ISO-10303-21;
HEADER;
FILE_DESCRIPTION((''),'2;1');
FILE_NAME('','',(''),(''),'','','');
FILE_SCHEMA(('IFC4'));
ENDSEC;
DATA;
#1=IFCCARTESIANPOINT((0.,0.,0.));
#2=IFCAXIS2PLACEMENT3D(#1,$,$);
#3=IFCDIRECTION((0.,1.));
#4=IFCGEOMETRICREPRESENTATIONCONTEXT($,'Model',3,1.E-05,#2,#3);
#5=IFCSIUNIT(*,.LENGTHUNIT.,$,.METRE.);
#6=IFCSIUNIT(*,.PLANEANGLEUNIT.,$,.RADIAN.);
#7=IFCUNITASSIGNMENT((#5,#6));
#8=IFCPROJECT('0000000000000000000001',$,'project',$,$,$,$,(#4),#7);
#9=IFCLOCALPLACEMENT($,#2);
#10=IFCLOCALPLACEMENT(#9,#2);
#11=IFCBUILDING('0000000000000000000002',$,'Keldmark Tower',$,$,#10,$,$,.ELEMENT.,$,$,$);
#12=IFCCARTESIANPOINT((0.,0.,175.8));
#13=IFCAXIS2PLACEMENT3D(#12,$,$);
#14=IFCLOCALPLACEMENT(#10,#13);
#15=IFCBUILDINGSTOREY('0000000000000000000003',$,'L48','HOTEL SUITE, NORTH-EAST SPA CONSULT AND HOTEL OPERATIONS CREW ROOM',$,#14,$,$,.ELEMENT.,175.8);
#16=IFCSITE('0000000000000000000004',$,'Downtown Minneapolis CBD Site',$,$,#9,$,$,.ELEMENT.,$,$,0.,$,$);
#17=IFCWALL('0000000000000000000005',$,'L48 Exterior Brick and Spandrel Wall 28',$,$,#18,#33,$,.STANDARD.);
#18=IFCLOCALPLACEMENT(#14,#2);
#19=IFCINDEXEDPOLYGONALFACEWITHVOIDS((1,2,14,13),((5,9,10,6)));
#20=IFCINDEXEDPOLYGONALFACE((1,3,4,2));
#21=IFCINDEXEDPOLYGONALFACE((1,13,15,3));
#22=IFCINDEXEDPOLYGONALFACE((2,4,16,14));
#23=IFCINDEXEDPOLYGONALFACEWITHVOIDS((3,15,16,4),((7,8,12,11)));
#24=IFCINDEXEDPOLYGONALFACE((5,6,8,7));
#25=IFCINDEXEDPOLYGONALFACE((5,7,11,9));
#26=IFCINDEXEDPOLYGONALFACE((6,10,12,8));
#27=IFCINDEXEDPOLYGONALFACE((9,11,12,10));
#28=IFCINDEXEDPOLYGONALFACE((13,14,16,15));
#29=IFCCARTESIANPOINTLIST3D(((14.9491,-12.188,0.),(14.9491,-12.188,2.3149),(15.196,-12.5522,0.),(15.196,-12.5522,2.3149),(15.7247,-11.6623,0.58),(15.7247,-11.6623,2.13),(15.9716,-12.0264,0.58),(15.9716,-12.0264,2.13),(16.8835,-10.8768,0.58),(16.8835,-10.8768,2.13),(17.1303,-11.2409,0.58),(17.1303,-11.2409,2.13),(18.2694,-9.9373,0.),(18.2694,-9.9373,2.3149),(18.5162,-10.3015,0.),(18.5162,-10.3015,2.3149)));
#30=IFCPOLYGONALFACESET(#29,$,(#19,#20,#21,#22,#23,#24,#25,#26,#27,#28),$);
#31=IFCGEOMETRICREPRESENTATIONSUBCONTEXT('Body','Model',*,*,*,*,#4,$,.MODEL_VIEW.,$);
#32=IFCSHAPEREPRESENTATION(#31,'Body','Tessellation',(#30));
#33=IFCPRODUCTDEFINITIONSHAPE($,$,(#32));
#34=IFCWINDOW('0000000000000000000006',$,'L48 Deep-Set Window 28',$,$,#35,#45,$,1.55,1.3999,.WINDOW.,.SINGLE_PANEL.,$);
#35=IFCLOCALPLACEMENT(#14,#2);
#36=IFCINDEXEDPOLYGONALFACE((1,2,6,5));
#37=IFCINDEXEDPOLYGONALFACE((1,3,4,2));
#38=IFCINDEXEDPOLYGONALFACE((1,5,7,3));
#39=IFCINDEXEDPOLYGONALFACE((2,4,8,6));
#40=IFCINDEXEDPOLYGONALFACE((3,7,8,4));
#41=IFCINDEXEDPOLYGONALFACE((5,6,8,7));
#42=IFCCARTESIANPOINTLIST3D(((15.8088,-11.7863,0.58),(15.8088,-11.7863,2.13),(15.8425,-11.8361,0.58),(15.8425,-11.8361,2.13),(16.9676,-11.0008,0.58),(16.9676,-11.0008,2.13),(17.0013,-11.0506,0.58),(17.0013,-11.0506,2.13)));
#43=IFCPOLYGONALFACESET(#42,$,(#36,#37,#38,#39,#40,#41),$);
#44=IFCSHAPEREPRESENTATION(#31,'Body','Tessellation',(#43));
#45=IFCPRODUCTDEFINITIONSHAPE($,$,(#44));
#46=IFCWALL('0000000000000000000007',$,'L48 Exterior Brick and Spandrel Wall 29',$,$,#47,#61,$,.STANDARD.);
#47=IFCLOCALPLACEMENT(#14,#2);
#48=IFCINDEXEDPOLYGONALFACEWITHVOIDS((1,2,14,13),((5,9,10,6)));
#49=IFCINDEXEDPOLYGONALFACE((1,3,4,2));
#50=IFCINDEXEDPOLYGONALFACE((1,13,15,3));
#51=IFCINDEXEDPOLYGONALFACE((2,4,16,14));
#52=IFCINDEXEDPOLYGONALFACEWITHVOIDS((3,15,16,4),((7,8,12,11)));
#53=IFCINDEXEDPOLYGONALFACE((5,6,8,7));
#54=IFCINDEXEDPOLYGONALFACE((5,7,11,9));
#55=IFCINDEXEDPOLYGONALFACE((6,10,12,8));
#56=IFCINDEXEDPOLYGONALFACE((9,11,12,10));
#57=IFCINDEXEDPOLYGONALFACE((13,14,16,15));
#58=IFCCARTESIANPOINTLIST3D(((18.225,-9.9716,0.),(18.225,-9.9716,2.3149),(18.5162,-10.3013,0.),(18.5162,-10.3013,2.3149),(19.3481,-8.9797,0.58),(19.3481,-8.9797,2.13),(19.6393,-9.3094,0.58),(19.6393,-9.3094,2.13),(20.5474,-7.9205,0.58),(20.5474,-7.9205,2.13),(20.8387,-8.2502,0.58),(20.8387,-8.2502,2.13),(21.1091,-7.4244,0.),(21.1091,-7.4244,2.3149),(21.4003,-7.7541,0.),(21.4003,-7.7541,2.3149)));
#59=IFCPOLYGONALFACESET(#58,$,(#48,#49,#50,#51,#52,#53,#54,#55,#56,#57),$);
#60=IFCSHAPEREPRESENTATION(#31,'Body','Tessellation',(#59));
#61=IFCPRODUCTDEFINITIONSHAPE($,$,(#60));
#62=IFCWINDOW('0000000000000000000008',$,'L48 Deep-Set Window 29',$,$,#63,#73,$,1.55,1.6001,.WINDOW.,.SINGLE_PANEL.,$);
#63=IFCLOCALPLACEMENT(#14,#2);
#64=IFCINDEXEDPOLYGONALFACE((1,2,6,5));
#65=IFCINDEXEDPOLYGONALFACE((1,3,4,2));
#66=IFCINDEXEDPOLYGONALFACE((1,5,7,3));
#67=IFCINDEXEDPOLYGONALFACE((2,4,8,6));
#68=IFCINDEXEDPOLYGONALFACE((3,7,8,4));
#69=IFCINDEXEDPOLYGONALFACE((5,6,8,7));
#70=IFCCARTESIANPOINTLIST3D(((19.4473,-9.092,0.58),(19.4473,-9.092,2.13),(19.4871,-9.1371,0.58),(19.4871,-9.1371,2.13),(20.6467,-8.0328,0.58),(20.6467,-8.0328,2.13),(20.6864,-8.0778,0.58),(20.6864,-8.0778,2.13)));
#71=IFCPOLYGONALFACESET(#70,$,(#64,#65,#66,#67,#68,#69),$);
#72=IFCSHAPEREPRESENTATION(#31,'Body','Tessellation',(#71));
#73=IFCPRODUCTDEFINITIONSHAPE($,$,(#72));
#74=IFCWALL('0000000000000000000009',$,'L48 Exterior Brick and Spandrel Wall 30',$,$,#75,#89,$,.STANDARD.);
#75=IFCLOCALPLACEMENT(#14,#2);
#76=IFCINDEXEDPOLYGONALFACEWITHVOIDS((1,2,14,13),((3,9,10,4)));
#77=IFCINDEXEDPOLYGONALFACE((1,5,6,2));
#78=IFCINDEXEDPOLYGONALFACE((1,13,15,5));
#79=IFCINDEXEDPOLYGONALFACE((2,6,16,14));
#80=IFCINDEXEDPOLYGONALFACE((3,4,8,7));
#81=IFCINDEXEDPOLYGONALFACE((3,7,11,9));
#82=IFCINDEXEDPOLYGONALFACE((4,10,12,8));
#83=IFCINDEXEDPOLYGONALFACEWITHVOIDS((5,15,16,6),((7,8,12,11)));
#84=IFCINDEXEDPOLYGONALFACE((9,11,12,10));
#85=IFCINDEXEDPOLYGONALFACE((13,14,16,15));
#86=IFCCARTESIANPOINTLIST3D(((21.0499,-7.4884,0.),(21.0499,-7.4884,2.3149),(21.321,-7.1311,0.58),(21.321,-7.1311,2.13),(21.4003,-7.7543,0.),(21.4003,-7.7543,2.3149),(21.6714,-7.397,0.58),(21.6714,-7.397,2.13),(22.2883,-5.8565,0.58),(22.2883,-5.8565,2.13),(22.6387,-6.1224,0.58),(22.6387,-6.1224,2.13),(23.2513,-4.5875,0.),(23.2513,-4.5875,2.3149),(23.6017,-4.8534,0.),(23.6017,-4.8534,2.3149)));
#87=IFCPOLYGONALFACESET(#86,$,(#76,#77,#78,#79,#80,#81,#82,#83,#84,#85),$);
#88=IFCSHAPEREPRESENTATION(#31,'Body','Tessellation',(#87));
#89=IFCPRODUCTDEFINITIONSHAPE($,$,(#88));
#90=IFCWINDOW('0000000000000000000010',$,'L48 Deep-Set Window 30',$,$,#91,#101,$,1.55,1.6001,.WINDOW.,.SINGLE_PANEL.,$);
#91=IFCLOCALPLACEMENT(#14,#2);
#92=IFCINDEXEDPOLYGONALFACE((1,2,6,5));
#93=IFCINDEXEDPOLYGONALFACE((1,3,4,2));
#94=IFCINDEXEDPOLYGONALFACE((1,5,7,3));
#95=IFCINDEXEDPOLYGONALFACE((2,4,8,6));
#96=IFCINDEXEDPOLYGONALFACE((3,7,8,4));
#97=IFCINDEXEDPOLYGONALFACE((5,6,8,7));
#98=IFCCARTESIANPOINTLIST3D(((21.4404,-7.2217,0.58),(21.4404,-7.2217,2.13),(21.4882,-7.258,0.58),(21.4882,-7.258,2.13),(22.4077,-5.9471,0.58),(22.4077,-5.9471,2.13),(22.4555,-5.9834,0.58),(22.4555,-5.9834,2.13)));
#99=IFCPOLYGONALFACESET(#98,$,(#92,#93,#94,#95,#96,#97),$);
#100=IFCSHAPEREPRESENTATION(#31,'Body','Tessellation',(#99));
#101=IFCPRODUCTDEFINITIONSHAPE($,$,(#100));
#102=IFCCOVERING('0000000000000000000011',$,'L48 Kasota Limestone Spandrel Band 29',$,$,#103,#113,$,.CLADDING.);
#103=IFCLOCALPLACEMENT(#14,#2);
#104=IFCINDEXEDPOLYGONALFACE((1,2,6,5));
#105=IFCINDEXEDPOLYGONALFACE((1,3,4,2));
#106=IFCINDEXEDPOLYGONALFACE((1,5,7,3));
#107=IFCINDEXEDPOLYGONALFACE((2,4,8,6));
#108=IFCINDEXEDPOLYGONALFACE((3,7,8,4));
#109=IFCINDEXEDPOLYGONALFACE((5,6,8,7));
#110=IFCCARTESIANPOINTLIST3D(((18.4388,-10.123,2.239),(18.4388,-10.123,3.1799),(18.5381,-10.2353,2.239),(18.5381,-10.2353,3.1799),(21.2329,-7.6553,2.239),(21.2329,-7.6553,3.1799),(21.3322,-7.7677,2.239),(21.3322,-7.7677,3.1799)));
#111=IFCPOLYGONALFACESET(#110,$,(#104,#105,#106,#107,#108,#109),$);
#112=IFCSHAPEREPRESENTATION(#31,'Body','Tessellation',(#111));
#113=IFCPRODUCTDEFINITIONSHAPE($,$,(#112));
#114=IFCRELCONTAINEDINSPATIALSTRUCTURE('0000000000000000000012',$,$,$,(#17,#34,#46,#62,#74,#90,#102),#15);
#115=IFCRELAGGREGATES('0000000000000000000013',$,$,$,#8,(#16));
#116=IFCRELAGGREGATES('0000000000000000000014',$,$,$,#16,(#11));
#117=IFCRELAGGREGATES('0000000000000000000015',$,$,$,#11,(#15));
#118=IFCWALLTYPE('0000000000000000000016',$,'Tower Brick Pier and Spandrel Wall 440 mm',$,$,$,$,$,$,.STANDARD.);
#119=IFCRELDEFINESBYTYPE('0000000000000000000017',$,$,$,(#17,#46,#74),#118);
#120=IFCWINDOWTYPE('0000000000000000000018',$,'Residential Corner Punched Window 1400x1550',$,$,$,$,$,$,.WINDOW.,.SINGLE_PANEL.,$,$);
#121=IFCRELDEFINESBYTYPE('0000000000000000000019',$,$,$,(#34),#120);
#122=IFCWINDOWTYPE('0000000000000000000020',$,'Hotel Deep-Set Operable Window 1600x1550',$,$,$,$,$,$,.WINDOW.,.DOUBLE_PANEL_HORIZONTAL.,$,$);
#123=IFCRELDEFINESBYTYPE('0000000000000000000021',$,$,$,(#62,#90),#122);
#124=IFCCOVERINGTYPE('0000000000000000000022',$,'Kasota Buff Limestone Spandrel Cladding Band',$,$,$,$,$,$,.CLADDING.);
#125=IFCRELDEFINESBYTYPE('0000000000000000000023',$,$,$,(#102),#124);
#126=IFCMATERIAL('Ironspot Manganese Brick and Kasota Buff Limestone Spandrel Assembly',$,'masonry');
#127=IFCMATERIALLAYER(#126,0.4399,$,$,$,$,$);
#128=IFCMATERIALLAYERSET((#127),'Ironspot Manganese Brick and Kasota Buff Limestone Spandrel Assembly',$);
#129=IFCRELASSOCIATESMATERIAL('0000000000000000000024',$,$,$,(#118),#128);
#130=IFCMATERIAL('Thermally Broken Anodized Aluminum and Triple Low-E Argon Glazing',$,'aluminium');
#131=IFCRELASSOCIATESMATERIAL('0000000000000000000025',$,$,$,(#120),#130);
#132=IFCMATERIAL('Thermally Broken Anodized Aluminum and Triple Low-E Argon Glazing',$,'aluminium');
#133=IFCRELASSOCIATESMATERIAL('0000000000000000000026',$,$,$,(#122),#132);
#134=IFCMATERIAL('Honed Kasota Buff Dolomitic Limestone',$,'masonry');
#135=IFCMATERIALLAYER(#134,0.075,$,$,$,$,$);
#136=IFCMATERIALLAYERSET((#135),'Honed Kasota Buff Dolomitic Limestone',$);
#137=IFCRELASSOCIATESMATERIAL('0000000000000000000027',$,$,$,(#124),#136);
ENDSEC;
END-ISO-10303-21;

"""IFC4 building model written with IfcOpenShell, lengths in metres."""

from ifc_helpers import new_model, si_unit, direction, frame, frame_2d, origin, origin_2d, place, context, subcontext, project, spatial, rectangle, extrude, material, layer, layer_set, type_object, element, fill, save


model = new_model("IFC4")

# Units and contexts
model_context = context("Model", 3, precision=1e-05, world=origin(), true_north=direction((0.0, 1.0)))
body_context = subcontext(model_context, "Body", "Model", "MODEL_VIEW")
ifc_project = project(units=[si_unit("LENGTHUNIT", "METRE"), si_unit("PLANEANGLEUNIT", "RADIAN")], contexts=[model_context])

# Site, building, storey
site_placement = place(None, origin())
site = spatial("IfcSite", under=ifc_project, at=site_placement, Name="Downtown Minneapolis CBD Site", CompositionType="ELEMENT", RefElevation=0.0)
building_placement = place(site_placement, origin())
building = spatial("IfcBuilding", under=site, at=building_placement, Name="Keldmark Tower", CompositionType="ELEMENT")
storey_placement = place(building_placement, frame((0.0, 0.0, 175.8)))
storey = spatial("IfcBuildingStorey", under=building, at=storey_placement, Name="L48", Description="HOTEL SUITE, NORTH-EAST SPA CONSULT AND HOTEL OPERATIONS CREW ROOM", CompositionType="ELEMENT", Elevation=175.8)

# Walls, openings, windows
ifc_material_1 = material(Name="Ironspot Manganese Brick and Kasota Buff Limestone Spandrel Assembly", Category="masonry")
ifc_layer_1 = layer(ifc_material_1, 0.4399)
ifc_layer_set_1 = layer_set([ifc_layer_1], Name="Ironspot Manganese Brick and Kasota Buff Limestone Spandrel Assembly")
wall_type = type_object("IfcWallType", Name="Tower Brick Pier and Spandrel Wall 440 mm", PredefinedType="STANDARD", material=ifc_layer_set_1)
wall_1_placement = place(storey_placement, frame((18.3928, -10.1194, 0.0), z_axis=(0.0, 0.0, 1.0), x_axis=(-0.827746, -0.561102, 0.0)))
wall_1 = element("IfcWall", 1, at=wall_1_placement, inside=storey, type_object=wall_type, Name="L48 Exterior Brick and Spandrel Wall 28", PredefinedType="STANDARD", context=body_context, shape_type="SweptSolid", body=[
    extrude(rectangle(XDim=4.0112, YDim=0.4399, at=frame_2d((2.0056, 0.0))), origin(), (0.0, 0.0, 1.0), 2.3149),
])
opening_1_placement = place(wall_1_placement, frame((1.6743, 0.0, 0.5801)))
opening_1 = element("IfcOpeningElement", 2, at=opening_1_placement, cuts=wall_1, PredefinedType="OPENING", context=body_context, shape_type="SweptSolid", body=[
    extrude(rectangle(XDim=1.3999, YDim=1.55, at=frame_2d((0.7, 0.7749))), frame((0.0, 0.23, 0.0), z_axis=(0.0, -1.0, 0.0), x_axis=(1.0, 0.0, 0.0)), (0.0, 0.0, 1.0), 0.46),
])
ifc_material_2 = material(Name="Thermally Broken Anodized Aluminum and Triple Low-E Argon Glazing", Category="aluminium")
window_type_1 = type_object("IfcWindowType", Name="Residential Corner Punched Window 1400x1550", PartitioningType="SINGLE_PANEL", PredefinedType="WINDOW", material=ifc_material_2)
window_1_placement = place(opening_1_placement, origin())
window_1 = element("IfcWindow", 3, at=window_1_placement, inside=storey, type_object=window_type_1, Name="L48 Deep-Set Window 28", OverallHeight=1.55, OverallWidth=1.3999, PartitioningType="SINGLE_PANEL", PredefinedType="WINDOW", context=body_context, shape_type="SweptSolid", body=[
    extrude(rectangle(XDim=1.3999, YDim=1.55, at=frame_2d((0.7, 0.7749))), frame((0.0, -0.01, 0.0), z_axis=(0.0, -1.0, 0.0), x_axis=(1.0, 0.0, 0.0)), (0.0, 0.0, 1.0), 0.0601),
])
fill(opening_1, window_1)
wall_2_placement = place(storey_placement, frame((21.2546, -7.5894, 0.0), z_axis=(0.0, 0.0, 1.0), x_axis=(-0.74953, -0.66197, 0.0)))
wall_2 = element("IfcWall", 4, at=wall_2_placement, inside=storey, type_object=wall_type, Name="L48 Exterior Brick and Spandrel Wall 29", PredefinedType="STANDARD", context=body_context, shape_type="SweptSolid", body=[
    extrude(rectangle(XDim=3.8479, YDim=0.4399, at=frame_2d((1.9238, 0.0))), origin(), (0.0, 0.0, 1.0), 2.3149),
])
opening_2_placement = place(wall_2_placement, frame((0.7493, 0.0, 0.5801)))
opening_2 = element("IfcOpeningElement", 5, at=opening_2_placement, cuts=wall_2, PredefinedType="OPENING", context=body_context, shape_type="SweptSolid", body=[
    extrude(rectangle(XDim=1.6001, YDim=1.55, at=frame_2d((0.8, 0.7749))), frame((0.0, 0.23, 0.0), z_axis=(0.0, -1.0, 0.0), x_axis=(1.0, 0.0, 0.0)), (0.0, 0.0, 1.0), 0.46),
])
ifc_material_3 = material(Name="Thermally Broken Anodized Aluminum and Triple Low-E Argon Glazing", Category="aluminium")
window_type_2 = type_object("IfcWindowType", Name="Hotel Deep-Set Operable Window 1600x1550", PartitioningType="DOUBLE_PANEL_HORIZONTAL", PredefinedType="WINDOW", material=ifc_material_3)
window_2_placement = place(opening_2_placement, origin())
window_2 = element("IfcWindow", 6, at=window_2_placement, inside=storey, type_object=window_type_2, Name="L48 Deep-Set Window 29", OverallHeight=1.55, OverallWidth=1.6001, PartitioningType="SINGLE_PANEL", PredefinedType="WINDOW", context=body_context, shape_type="SweptSolid", body=[
    extrude(rectangle(XDim=1.6001, YDim=1.55, at=frame_2d((0.8, 0.7749))), frame((0.0, -0.01, 0.0), z_axis=(0.0, -1.0, 0.0), x_axis=(1.0, 0.0, 0.0)), (0.0, 0.0, 1.0), 0.0601),
])
fill(opening_2, window_2)
wall_3_placement = place(storey_placement, frame((23.4265, -4.7205, 0.0), z_axis=(0.0, 0.0, 1.0), x_axis=(-0.604517, -0.796592, 0.0)))
wall_3 = element("IfcWall", 7, at=wall_3_placement, inside=storey, type_object=wall_type, Name="L48 Exterior Brick and Spandrel Wall 30", PredefinedType="STANDARD", context=body_context, shape_type="SweptSolid", body=[
    extrude(rectangle(XDim=3.6416, YDim=0.4399, at=frame_2d((1.8208, 0.0))), origin(), (0.0, 0.0, 1.0), 2.3149),
])
opening_3_placement = place(wall_3_placement, frame((1.593, 0.0, 0.5801)))
opening_3 = element("IfcOpeningElement", 8, at=opening_3_placement, cuts=wall_3, PredefinedType="OPENING", context=body_context, shape_type="SweptSolid", body=[
    extrude(rectangle(XDim=1.6001, YDim=1.55, at=frame_2d((0.8, 0.7749))), frame((0.0, 0.23, 0.0), z_axis=(0.0, -1.0, 0.0), x_axis=(1.0, 0.0, 0.0)), (0.0, 0.0, 1.0), 0.46),
])
window_3_placement = place(opening_3_placement, origin())
window_3 = element("IfcWindow", 9, at=window_3_placement, inside=storey, type_object=window_type_2, Name="L48 Deep-Set Window 30", OverallHeight=1.55, OverallWidth=1.6001, PartitioningType="SINGLE_PANEL", PredefinedType="WINDOW", context=body_context, shape_type="SweptSolid", body=[
    extrude(rectangle(XDim=1.6001, YDim=1.55, at=frame_2d((0.8, 0.7749))), frame((0.0, -0.01, 0.0), z_axis=(0.0, -1.0, 0.0), x_axis=(1.0, 0.0, 0.0)), (0.0, 0.0, 1.0), 0.0601),
])
fill(opening_3, window_3)

# Covering
ifc_material_4 = material(Name="Honed Kasota Buff Dolomitic Limestone", Category="masonry")
ifc_layer_2 = layer(ifc_material_4, 0.075)
ifc_layer_set_2 = layer_set([ifc_layer_2], Name="Honed Kasota Buff Dolomitic Limestone")
covering_type = type_object("IfcCoveringType", Name="Kasota Buff Limestone Spandrel Cladding Band", PredefinedType="CLADDING", material=ifc_layer_set_2)
covering_placement = place(storey_placement, frame((19.8855, -8.9453, 2.239), z_axis=(0.0, 0.0, 1.0), x_axis=(0.749534, 0.661966, 0.0)))
element("IfcCovering", 10, at=covering_placement, inside=storey, type_object=covering_type, Name="L48 Kasota Limestone Spandrel Band 29", PredefinedType="CLADDING", context=body_context, shape_type="SweptSolid", body=[
    extrude(rectangle(XDim=3.7278, YDim=0.1499, at=origin_2d()), origin(), (0.0, 0.0, 1.0), 0.9409),
])

save(model, "model.ifc")
